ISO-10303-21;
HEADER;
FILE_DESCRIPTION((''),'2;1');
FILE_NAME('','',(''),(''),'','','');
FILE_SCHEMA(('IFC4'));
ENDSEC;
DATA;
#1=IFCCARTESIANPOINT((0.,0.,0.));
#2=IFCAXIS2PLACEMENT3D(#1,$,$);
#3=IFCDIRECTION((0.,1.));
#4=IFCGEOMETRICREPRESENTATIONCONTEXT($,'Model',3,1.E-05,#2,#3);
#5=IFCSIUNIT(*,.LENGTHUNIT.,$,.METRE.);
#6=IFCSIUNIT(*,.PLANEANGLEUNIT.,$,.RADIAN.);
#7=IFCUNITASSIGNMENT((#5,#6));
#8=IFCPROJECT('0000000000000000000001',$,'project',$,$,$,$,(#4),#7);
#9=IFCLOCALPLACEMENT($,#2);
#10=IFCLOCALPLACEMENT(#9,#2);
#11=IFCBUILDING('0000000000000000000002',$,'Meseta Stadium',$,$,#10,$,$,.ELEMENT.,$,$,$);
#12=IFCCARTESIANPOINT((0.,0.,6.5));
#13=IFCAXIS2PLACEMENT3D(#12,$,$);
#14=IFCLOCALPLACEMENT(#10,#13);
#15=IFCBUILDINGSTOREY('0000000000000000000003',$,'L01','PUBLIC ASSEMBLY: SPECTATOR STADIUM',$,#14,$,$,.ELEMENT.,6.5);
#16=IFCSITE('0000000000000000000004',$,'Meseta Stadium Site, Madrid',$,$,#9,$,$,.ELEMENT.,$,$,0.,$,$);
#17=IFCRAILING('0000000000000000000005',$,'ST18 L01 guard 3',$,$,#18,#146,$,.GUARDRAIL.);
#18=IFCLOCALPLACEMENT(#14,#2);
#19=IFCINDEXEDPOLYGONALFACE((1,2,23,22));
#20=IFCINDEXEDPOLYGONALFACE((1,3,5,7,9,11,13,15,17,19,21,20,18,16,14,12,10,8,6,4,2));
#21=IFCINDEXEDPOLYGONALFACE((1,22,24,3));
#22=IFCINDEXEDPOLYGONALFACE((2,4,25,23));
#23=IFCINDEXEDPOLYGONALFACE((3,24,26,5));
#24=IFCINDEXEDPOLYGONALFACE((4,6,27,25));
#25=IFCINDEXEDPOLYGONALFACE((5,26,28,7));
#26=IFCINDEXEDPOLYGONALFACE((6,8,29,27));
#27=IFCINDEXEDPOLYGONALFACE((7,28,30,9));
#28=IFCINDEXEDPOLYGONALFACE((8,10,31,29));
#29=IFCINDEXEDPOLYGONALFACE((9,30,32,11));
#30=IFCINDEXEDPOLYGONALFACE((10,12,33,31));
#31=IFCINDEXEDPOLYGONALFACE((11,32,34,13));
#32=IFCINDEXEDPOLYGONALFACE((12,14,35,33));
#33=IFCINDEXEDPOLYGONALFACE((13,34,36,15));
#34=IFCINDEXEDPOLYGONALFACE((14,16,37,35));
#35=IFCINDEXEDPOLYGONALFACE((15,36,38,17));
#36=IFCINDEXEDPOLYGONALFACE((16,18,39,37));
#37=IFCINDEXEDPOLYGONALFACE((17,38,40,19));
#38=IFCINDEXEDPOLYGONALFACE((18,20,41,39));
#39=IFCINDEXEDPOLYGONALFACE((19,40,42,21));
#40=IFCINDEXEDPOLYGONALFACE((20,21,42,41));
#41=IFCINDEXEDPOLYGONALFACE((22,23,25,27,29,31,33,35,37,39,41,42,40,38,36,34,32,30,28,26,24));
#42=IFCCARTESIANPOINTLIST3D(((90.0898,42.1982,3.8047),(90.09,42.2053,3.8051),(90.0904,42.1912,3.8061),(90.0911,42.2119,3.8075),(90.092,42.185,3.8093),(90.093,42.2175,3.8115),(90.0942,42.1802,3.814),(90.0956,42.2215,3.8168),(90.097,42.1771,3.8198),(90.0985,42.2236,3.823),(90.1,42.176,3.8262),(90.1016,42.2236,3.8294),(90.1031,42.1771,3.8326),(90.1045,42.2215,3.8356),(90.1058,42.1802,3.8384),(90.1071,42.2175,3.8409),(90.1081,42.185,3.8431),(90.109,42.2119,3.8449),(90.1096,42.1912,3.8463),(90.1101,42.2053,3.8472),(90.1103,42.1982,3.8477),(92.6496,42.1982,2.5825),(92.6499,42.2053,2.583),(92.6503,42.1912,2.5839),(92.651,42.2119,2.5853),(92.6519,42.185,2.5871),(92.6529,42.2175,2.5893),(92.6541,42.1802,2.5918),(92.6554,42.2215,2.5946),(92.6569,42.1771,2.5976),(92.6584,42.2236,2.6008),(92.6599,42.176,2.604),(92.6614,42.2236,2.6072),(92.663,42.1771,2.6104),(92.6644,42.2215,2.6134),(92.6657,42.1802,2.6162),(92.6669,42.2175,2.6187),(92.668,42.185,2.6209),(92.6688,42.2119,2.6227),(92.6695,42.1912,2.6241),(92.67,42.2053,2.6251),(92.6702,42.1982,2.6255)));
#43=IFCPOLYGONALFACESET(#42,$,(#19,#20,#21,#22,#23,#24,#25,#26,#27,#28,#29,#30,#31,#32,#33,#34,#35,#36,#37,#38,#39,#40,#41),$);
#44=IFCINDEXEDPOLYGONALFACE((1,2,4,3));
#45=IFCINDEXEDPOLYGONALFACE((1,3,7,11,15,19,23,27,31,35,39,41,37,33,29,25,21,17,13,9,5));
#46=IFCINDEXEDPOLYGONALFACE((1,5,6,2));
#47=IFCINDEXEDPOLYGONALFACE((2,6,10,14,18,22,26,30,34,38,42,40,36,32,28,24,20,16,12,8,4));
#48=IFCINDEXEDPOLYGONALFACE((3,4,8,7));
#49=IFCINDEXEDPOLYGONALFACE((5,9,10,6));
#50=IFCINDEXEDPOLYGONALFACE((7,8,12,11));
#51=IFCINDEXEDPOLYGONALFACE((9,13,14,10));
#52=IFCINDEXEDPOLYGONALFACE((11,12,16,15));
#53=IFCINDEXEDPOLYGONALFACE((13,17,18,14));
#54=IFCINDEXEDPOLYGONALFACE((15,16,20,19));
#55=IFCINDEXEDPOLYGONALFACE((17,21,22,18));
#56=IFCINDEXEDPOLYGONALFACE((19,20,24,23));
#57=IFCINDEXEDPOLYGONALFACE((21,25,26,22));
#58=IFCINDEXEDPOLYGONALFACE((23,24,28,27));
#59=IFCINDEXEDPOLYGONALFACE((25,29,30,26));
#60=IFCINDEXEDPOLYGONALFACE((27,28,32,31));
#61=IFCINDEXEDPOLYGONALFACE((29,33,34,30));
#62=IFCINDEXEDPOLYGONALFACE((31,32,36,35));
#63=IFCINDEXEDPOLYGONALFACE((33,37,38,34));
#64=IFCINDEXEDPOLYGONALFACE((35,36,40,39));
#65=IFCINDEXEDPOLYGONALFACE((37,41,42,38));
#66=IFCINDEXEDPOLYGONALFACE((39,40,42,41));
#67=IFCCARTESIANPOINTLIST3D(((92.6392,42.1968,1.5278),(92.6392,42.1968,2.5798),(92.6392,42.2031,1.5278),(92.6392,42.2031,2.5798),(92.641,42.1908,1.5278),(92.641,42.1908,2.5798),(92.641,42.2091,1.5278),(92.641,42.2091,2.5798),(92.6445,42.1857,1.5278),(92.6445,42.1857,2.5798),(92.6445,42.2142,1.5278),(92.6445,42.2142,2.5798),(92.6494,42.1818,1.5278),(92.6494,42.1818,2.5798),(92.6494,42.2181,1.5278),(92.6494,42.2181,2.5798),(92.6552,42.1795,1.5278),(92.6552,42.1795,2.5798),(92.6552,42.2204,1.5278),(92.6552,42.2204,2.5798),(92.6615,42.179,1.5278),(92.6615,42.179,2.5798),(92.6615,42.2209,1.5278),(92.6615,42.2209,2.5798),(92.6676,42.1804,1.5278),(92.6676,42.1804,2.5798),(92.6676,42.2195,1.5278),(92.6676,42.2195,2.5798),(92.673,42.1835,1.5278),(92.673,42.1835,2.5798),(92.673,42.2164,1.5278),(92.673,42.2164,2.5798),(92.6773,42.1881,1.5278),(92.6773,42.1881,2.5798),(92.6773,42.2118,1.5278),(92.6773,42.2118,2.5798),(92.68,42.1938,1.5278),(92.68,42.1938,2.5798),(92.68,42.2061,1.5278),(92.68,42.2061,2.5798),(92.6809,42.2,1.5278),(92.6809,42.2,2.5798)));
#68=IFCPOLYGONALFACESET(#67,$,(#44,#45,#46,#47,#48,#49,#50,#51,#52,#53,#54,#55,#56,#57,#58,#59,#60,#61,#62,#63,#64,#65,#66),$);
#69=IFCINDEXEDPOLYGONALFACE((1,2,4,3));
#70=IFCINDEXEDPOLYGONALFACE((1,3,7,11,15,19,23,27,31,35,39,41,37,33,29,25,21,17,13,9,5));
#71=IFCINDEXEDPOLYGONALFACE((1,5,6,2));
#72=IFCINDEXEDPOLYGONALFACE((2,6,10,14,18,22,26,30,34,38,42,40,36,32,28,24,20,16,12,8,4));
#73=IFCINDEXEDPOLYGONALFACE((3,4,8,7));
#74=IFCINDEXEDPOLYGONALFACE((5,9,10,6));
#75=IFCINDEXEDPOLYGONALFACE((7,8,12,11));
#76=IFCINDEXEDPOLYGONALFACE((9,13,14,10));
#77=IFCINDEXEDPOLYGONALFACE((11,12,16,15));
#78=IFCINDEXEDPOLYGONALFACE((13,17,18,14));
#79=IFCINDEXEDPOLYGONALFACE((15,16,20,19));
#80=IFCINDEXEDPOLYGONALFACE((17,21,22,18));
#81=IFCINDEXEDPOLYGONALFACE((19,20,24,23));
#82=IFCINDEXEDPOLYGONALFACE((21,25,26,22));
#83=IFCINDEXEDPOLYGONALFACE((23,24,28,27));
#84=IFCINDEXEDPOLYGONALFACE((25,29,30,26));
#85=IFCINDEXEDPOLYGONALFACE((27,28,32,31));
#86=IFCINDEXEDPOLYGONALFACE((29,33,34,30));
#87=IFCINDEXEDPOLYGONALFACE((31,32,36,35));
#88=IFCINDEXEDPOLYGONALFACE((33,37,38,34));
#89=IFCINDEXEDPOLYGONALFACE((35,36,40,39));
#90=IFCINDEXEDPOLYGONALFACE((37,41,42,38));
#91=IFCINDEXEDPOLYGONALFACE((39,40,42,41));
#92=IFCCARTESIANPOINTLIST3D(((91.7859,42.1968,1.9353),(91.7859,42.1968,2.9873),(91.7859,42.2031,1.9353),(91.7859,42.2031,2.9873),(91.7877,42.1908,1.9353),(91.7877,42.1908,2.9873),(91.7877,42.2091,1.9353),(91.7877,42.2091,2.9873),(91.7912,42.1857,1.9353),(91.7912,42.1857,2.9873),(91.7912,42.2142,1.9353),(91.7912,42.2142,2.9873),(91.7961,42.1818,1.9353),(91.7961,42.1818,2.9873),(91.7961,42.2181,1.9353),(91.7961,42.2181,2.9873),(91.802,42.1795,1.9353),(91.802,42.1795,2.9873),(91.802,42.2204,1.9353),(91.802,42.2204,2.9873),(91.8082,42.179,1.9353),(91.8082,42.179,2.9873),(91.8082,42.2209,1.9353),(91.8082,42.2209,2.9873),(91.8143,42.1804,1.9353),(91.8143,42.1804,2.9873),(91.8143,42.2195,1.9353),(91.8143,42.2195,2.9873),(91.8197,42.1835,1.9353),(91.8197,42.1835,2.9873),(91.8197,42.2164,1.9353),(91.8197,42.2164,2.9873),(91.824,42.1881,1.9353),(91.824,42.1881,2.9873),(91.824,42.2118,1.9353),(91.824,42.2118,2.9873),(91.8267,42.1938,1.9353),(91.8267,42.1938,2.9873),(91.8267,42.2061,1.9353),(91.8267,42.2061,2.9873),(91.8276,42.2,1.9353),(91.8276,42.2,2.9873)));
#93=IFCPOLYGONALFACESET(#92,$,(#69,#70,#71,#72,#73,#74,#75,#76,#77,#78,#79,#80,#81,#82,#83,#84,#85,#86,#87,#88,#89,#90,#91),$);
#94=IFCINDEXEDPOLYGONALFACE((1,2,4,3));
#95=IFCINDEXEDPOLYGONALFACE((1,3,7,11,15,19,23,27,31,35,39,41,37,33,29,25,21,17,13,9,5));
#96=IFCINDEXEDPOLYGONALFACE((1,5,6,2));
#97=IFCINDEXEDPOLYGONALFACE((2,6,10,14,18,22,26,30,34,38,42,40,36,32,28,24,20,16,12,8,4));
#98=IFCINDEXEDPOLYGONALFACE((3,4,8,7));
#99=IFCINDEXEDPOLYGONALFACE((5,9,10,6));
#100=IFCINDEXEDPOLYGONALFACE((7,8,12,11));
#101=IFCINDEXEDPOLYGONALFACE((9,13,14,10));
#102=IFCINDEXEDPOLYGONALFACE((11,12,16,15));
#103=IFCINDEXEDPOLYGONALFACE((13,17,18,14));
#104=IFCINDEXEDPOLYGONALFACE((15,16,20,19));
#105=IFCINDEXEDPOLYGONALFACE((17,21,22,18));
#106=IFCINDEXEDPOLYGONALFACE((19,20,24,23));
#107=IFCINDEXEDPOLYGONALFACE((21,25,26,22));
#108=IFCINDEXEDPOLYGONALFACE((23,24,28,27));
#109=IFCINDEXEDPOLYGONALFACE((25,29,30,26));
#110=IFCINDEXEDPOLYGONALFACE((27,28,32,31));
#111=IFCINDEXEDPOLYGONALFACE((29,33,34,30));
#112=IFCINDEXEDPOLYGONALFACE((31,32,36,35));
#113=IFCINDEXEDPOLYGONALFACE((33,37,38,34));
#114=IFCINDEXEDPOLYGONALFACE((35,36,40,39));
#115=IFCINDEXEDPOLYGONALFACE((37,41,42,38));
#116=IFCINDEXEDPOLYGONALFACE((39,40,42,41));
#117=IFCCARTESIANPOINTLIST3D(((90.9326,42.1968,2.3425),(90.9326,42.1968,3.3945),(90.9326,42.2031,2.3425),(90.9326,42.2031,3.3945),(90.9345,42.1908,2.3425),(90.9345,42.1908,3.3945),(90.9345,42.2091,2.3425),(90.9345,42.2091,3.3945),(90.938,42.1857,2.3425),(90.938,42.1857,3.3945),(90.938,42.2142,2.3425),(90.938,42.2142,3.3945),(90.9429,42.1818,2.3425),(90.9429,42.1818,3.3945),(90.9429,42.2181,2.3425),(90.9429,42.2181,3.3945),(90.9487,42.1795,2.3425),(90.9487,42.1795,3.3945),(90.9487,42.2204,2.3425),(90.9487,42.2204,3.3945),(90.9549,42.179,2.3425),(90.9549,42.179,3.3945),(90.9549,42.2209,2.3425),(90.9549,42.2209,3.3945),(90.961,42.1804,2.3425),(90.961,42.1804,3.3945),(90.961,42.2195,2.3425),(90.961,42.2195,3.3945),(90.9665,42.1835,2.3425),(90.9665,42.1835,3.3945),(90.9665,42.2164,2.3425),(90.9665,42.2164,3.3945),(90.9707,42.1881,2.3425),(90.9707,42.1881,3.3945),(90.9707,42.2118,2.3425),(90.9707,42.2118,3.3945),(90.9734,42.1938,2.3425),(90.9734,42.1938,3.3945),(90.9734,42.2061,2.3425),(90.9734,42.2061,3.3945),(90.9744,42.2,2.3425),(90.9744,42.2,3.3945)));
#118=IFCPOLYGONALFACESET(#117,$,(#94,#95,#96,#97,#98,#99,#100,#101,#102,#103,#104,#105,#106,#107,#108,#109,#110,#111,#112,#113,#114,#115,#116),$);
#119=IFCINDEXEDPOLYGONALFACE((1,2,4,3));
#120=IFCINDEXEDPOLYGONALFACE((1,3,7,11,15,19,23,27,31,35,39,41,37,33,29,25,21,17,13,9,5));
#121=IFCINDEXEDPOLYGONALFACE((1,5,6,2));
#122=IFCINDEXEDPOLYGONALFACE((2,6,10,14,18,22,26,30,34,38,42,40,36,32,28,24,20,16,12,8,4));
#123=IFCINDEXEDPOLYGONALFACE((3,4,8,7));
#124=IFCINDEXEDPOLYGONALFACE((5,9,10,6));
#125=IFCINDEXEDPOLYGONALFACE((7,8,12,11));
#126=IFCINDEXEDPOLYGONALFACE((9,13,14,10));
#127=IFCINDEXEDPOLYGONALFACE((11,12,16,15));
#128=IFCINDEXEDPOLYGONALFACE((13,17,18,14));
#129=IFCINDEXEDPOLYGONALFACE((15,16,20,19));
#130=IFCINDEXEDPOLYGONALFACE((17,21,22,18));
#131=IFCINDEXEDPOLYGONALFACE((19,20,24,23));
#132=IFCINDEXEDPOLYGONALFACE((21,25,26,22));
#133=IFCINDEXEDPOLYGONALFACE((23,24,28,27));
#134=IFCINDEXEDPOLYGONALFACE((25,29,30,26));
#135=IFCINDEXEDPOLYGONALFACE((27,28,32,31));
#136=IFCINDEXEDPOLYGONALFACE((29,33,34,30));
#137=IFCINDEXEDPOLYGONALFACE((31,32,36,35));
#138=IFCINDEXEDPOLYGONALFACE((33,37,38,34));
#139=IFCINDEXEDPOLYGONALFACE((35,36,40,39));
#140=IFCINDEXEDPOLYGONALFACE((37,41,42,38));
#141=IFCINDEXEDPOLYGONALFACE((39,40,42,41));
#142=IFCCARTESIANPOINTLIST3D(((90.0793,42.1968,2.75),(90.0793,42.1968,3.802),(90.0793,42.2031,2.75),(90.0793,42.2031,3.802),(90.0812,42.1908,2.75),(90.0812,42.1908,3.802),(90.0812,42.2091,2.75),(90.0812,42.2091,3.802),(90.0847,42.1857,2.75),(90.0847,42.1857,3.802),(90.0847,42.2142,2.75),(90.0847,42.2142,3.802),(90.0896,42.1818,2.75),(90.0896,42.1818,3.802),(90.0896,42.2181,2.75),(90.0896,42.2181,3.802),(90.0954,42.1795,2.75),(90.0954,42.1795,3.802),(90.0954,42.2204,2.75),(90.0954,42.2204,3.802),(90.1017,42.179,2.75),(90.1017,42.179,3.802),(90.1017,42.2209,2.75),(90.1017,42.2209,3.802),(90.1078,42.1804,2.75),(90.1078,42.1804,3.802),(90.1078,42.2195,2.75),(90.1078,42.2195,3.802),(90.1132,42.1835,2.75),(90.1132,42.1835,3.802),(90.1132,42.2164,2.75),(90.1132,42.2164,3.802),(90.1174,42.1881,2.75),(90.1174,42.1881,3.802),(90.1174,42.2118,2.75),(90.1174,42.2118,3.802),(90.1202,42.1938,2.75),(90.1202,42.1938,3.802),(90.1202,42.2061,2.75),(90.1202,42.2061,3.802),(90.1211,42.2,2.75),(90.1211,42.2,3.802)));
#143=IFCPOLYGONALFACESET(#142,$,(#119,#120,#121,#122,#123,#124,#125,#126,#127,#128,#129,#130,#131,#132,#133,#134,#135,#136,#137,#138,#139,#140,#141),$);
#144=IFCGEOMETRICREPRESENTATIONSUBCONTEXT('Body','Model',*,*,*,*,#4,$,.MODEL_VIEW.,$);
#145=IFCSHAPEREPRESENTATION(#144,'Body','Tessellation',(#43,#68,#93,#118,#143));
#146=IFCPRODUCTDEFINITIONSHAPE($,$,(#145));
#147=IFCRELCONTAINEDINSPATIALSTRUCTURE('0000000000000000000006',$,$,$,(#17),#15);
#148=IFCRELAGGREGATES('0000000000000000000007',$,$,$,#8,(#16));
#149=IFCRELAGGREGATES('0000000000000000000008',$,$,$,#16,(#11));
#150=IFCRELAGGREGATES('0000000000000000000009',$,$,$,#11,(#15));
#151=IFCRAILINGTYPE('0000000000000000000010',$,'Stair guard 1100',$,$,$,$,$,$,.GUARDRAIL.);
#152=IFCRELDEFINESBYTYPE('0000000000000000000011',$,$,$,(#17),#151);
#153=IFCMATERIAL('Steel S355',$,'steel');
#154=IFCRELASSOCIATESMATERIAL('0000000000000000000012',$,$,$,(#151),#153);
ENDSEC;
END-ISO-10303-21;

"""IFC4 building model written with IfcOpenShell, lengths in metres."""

from ifc_helpers import new_model, si_unit, direction, frame, origin, origin_2d, place, context, subcontext, project, spatial, circle, extrude, material, type_object, element, save


model = new_model("IFC4")

# Units and contexts
model_context = context("Model", 3, precision=1e-05, world=origin(), true_north=direction((0.0, 1.0)))
body_context = subcontext(model_context, "Body", "Model", "MODEL_VIEW")
ifc_project = project(units=[si_unit("LENGTHUNIT", "METRE"), si_unit("PLANEANGLEUNIT", "RADIAN")], contexts=[model_context])

# Site, building, storey
site_placement = place(None, origin())
site = spatial("IfcSite", under=ifc_project, at=site_placement, Name="Meseta Stadium Site, Madrid", CompositionType="ELEMENT", RefElevation=0.0)
building_placement = place(site_placement, origin())
building = spatial("IfcBuilding", under=site, at=building_placement, Name="Meseta Stadium", CompositionType="ELEMENT")
storey_placement = place(building_placement, frame((0.0, 0.0, 6.5)))
storey = spatial("IfcBuildingStorey", under=building, at=storey_placement, Name="L01", Description="PUBLIC ASSEMBLY: SPECTATOR STADIUM", CompositionType="ELEMENT", Elevation=6.5)

# Railing
ifc_material_1 = material(Name="Steel S355", Category="steel")
railing_type_1 = type_object("IfcRailingType", Name="Stair guard 1100", PredefinedType="GUARDRAIL", material=ifc_material_1)
railing_1_placement = place(storey_placement, frame((92.6599, 42.2, 1.5278)))
element("IfcRailing", 1, at=railing_1_placement, inside=storey, type_object=railing_type_1, Name="ST18 L01 guard 3", PredefinedType="GUARDRAIL", context=body_context, shape_type="SweptSolid", body=[
    extrude(circle(Radius=0.0239, at=origin_2d()), frame((0.0, 0.0, 1.0762), z_axis=(-0.902421, 0.0, 0.430855), x_axis=(0.0, -1.0, 0.0)), (0.0, 0.0, 1.0), 2.8367),
    extrude(circle(Radius=0.021, at=origin_2d()), origin(), (0.0, 0.0, 1.0), 1.052),
    extrude(circle(Radius=0.021, at=origin_2d()), frame((-0.8533, 0.0, 0.4075)), (0.0, 0.0, 1.0), 1.052),
    extrude(circle(Radius=0.021, at=origin_2d()), frame((-1.7065, 0.0, 0.8147)), (0.0, 0.0, 1.0), 1.052),
    extrude(circle(Radius=0.021, at=origin_2d()), frame((-2.5598, 0.0, 1.2222)), (0.0, 0.0, 1.0), 1.052),
])

save(model, "model.ifc")
